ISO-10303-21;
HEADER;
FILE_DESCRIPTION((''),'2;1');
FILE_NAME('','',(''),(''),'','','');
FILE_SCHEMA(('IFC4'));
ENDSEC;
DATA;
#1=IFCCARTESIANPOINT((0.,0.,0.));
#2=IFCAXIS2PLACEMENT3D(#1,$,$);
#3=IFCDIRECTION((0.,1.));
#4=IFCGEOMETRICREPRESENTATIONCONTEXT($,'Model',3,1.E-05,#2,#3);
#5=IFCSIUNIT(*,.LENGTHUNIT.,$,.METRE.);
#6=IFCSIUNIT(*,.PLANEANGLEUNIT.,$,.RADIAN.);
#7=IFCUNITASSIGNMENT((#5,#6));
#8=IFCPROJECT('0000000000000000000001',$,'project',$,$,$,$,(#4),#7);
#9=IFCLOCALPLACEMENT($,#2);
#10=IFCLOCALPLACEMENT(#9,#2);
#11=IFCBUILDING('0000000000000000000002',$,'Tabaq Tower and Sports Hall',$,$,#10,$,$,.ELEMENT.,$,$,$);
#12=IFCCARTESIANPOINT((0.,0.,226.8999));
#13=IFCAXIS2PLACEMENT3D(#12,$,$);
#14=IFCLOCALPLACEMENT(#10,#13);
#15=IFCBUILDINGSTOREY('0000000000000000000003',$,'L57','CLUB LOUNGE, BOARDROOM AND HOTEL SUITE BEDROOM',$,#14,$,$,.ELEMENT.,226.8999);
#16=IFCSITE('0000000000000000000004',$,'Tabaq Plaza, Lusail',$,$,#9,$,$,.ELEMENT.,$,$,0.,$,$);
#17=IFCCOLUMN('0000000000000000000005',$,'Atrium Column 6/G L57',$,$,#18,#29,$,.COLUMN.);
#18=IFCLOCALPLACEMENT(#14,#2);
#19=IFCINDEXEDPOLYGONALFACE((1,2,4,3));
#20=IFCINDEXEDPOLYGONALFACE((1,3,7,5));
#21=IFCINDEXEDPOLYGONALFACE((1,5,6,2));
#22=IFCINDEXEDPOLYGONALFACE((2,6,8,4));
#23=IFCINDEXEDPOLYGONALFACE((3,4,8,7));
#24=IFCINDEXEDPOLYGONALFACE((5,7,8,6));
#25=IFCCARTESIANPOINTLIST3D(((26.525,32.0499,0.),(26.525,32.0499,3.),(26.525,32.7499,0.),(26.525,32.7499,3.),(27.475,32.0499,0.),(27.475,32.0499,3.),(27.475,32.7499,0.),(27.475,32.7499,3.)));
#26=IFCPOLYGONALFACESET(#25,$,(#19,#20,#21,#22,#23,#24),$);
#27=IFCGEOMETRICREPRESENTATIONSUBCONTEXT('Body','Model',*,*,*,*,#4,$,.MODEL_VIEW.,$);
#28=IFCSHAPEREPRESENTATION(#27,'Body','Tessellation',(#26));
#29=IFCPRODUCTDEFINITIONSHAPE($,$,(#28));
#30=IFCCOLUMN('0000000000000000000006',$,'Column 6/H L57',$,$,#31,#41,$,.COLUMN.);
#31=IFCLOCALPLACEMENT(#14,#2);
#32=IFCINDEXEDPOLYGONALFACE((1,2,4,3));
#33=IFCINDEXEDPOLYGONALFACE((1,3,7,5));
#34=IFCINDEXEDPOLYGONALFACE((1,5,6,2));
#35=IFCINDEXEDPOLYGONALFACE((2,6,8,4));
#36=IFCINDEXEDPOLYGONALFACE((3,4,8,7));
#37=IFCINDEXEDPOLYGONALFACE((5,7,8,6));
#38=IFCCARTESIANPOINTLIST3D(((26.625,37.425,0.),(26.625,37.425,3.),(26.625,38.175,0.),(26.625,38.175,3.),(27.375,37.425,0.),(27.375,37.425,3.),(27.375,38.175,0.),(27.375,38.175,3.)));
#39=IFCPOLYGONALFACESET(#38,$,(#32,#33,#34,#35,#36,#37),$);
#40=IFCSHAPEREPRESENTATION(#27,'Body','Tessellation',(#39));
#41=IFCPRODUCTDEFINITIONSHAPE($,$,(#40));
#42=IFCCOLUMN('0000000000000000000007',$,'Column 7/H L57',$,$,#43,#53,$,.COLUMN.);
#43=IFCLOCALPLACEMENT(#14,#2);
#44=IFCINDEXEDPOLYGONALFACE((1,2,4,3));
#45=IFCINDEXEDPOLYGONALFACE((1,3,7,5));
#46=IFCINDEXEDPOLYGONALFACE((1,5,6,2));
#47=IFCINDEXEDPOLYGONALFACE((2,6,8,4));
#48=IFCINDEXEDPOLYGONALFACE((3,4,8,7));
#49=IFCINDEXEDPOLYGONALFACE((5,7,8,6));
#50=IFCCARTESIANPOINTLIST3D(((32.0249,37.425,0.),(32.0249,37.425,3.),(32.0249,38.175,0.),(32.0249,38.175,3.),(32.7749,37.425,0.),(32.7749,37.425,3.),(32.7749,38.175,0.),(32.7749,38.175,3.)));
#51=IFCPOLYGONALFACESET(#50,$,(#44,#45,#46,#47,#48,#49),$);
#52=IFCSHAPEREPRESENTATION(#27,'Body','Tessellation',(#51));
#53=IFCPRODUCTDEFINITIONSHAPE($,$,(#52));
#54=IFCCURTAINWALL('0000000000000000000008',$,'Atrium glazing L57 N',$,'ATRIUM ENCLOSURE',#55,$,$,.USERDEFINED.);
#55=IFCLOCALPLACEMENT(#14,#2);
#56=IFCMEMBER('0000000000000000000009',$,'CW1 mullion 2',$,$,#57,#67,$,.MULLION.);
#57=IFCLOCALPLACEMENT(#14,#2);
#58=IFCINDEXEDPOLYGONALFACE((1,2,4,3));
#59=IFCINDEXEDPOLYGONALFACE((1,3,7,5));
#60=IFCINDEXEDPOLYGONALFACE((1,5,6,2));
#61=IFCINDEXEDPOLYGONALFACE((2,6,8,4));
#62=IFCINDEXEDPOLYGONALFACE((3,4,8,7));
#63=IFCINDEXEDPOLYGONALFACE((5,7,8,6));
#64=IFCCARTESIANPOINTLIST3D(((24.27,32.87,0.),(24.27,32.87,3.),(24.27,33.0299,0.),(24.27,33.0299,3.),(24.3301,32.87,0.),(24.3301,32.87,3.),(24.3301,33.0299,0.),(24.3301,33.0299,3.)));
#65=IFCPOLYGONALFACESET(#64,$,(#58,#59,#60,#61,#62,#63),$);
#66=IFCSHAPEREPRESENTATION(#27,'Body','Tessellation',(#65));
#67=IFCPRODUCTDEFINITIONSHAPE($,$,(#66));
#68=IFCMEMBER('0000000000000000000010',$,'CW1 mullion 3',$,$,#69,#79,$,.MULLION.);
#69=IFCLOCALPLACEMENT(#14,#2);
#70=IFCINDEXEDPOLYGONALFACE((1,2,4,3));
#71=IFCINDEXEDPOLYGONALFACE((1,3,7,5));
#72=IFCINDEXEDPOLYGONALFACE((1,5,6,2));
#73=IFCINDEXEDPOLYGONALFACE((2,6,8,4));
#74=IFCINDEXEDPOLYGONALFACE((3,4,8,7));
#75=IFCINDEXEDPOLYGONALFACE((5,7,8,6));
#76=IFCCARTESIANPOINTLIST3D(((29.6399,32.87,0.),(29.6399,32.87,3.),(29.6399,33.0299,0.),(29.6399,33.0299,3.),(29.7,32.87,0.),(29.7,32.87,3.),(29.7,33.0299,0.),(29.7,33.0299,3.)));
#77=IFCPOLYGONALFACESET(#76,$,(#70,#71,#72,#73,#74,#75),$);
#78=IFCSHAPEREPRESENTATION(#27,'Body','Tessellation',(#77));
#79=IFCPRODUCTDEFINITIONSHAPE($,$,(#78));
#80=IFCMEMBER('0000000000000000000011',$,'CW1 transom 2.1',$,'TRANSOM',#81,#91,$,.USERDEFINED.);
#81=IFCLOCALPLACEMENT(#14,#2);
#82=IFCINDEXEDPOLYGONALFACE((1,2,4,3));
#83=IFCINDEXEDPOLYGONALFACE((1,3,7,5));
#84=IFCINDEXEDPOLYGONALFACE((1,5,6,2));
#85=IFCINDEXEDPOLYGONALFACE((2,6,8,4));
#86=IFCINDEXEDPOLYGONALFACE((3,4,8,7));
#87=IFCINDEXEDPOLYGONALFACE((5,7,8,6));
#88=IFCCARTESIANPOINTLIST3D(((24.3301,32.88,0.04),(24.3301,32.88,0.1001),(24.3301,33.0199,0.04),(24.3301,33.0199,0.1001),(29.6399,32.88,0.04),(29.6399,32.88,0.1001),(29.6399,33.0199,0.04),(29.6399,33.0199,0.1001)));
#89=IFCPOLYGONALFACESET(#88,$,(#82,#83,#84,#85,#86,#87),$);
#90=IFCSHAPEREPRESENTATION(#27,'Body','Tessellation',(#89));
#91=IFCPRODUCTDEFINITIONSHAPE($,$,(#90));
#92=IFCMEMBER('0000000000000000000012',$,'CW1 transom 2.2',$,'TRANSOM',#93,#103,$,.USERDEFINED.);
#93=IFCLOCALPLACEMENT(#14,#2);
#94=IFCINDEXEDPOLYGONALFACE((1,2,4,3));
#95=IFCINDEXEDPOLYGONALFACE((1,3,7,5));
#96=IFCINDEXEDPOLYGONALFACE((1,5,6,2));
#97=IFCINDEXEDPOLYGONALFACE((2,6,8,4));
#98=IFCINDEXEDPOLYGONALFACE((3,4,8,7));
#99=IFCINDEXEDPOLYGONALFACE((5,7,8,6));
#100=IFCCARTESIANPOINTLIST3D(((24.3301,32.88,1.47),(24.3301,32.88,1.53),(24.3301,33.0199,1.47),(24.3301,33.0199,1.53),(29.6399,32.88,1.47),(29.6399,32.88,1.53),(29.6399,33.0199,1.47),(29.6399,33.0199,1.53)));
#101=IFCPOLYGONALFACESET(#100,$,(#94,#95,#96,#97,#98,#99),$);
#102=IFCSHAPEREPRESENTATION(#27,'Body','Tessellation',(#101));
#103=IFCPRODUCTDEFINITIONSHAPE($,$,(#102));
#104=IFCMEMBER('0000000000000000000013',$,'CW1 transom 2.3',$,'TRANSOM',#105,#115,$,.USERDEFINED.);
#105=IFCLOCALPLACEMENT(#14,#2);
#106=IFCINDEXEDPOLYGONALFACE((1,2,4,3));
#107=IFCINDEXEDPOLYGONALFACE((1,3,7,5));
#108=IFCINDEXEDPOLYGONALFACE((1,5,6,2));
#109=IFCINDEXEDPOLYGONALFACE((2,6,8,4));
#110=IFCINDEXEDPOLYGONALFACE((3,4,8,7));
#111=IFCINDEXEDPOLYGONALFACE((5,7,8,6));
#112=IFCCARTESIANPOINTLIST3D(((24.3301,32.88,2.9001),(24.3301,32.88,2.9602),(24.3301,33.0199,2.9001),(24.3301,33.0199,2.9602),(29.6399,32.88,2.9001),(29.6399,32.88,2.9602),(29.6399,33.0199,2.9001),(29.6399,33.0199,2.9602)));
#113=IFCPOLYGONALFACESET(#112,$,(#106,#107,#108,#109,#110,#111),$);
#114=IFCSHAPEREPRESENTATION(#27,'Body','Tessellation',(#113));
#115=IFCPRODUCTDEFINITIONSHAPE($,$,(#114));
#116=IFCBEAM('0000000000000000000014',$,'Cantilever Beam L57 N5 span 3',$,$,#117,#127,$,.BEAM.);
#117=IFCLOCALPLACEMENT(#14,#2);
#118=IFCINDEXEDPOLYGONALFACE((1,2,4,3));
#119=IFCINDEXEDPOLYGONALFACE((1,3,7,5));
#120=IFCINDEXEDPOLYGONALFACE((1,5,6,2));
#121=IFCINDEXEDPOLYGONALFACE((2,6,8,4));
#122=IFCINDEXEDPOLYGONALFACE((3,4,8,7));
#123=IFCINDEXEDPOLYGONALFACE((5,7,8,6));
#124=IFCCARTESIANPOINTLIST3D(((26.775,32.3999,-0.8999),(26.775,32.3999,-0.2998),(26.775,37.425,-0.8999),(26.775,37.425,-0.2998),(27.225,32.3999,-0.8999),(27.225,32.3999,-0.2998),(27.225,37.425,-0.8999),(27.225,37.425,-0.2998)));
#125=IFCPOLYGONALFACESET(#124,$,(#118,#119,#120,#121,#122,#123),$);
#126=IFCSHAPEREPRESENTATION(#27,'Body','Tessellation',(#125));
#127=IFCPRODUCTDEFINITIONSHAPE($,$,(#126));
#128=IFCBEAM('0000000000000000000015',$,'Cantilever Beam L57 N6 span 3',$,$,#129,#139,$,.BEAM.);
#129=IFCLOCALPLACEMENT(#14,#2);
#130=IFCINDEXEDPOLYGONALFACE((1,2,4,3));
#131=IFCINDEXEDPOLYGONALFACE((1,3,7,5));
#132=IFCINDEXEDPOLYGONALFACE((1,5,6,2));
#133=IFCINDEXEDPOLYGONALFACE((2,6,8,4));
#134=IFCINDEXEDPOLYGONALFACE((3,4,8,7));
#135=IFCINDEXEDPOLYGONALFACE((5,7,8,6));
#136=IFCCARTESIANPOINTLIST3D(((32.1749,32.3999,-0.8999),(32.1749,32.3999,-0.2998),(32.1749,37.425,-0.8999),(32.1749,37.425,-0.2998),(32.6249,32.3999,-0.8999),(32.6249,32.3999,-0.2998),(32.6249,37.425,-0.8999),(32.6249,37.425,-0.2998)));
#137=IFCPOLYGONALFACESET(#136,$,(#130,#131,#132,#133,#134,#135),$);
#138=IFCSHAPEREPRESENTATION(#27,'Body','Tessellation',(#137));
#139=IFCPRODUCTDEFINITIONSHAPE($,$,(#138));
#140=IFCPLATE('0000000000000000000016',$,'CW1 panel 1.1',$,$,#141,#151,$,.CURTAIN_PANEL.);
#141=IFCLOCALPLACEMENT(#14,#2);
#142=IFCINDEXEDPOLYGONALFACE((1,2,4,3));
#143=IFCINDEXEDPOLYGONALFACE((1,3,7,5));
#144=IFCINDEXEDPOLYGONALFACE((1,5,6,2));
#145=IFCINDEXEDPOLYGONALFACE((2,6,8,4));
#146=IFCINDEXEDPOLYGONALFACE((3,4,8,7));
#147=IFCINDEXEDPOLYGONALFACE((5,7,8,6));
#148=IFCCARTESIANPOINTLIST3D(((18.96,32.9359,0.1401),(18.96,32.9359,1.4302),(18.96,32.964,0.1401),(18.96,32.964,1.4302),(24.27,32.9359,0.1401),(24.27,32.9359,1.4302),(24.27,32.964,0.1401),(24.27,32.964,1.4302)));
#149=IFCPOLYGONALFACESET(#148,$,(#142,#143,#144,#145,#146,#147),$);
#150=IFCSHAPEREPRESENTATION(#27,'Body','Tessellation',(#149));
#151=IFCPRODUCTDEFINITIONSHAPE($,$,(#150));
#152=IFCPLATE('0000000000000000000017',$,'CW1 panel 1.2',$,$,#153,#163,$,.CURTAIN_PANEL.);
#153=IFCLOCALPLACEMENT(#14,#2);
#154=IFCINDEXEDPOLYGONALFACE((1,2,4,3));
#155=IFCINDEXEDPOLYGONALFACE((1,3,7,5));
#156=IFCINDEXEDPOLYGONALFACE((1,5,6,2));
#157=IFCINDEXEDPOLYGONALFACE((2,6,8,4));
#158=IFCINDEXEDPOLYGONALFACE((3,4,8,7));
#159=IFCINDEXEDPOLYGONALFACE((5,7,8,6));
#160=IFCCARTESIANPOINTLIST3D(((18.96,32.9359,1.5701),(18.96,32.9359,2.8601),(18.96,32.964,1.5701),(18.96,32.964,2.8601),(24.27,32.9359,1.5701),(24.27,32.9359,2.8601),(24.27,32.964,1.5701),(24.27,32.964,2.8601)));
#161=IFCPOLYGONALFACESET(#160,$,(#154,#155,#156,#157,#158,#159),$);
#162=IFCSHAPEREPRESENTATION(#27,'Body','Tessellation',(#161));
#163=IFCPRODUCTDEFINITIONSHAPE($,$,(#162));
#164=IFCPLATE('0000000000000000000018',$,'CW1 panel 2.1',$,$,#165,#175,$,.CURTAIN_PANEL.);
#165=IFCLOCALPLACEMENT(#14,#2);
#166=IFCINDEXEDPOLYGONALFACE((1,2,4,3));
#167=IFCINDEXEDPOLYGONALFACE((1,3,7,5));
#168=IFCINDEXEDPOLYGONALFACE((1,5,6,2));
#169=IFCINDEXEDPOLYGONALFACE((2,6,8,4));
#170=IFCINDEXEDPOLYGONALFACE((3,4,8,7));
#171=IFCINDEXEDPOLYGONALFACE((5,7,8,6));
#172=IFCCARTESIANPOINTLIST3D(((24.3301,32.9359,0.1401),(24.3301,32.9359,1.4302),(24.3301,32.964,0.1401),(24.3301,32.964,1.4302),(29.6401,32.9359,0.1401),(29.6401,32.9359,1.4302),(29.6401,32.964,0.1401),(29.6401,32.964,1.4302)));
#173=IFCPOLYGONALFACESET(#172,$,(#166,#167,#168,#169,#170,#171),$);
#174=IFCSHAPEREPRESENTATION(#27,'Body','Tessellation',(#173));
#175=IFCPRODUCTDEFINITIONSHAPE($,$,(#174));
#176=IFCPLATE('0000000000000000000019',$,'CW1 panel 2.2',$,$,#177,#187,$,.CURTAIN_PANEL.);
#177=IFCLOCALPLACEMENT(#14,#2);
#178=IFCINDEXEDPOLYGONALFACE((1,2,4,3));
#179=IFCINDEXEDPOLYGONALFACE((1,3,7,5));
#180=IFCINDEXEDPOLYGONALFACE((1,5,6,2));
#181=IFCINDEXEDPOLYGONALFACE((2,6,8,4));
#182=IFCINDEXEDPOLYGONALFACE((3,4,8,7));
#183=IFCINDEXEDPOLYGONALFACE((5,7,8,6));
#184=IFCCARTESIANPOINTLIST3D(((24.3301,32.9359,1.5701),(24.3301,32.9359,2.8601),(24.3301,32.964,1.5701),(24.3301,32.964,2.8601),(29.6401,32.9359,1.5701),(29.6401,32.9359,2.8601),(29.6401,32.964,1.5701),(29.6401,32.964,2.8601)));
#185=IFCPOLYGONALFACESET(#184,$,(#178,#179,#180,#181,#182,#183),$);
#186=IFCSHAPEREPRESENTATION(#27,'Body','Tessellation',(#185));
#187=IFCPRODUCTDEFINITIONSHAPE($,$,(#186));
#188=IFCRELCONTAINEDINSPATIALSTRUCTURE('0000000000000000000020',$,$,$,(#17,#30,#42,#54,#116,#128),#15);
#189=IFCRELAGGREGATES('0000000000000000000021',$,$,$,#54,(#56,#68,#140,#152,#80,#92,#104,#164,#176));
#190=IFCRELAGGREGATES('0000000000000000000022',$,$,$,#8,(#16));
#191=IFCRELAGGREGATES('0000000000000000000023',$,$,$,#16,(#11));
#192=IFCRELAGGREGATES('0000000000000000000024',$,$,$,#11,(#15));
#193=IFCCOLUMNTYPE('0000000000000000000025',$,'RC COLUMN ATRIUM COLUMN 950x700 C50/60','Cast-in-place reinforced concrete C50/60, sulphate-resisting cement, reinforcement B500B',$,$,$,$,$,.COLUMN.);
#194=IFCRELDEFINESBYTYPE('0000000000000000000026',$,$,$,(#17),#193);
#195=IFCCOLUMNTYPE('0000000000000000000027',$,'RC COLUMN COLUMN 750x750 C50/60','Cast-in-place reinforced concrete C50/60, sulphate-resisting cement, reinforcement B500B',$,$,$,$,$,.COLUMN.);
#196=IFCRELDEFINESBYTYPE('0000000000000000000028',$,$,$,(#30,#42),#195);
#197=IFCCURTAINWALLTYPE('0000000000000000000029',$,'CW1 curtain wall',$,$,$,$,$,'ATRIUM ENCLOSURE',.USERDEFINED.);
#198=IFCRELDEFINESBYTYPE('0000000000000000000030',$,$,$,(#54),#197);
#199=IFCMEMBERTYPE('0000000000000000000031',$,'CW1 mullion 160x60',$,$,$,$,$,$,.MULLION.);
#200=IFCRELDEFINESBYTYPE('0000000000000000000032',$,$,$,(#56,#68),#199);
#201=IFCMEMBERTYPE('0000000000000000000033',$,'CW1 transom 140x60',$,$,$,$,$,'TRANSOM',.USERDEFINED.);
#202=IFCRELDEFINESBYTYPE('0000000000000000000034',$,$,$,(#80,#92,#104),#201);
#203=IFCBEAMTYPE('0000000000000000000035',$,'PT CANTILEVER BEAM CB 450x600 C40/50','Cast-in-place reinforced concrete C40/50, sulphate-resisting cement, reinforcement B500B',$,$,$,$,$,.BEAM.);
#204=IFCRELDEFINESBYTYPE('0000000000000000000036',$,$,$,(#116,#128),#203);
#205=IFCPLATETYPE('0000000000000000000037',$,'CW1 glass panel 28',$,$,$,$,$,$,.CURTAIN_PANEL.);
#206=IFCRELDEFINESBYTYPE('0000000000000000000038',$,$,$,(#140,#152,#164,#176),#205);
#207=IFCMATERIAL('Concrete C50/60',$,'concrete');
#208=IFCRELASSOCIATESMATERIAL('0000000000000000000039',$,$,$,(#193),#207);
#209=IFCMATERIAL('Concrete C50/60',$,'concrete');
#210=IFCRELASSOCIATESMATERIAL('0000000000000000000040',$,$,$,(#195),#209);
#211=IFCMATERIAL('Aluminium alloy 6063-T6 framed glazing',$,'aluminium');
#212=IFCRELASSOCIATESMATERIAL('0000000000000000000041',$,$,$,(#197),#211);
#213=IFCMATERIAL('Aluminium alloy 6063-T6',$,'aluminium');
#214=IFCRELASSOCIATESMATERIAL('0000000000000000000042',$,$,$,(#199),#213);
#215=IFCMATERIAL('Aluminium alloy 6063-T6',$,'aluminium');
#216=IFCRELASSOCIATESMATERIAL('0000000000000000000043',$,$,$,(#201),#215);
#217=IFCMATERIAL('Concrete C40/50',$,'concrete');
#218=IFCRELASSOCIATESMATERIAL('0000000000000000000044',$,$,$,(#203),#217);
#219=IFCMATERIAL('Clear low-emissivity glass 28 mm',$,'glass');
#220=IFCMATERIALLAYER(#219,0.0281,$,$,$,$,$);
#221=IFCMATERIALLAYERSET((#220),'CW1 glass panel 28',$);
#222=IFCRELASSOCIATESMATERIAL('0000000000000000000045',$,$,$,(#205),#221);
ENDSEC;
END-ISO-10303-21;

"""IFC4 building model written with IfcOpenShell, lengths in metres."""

from ifc_helpers import new_model, si_unit, direction, frame, origin, origin_2d, place, context, subcontext, project, spatial, rectangle, extrude, material, layer, layer_set, material_profile, profile_set, type_object, element, aggregate, save


model = new_model("IFC4")

# Units and contexts
model_context = context("Model", 3, precision=1e-05, world=origin(), true_north=direction((0.0, 1.0)))
body_context = subcontext(model_context, "Body", "Model", "MODEL_VIEW")
ifc_project = project(units=[si_unit("LENGTHUNIT", "METRE"), si_unit("PLANEANGLEUNIT", "RADIAN")], contexts=[model_context])

# Site, building, storey
site_placement = place(None, origin())
site = spatial("IfcSite", under=ifc_project, at=site_placement, Name="Tabaq Plaza, Lusail", CompositionType="ELEMENT", RefElevation=0.0)
building_placement = place(site_placement, origin())
building = spatial("IfcBuilding", under=site, at=building_placement, Name="Tabaq Tower and Sports Hall", CompositionType="ELEMENT")
storey_placement = place(building_placement, frame((0.0, 0.0, 226.8999)))
storey = spatial("IfcBuildingStorey", under=building, at=storey_placement, Name="L57", Description="CLUB LOUNGE, BOARDROOM AND HOTEL SUITE BEDROOM", CompositionType="ELEMENT", Elevation=226.8999)

# Columns
ifc_material_1 = material(Name="Concrete C50/60", Category="concrete")
ifc_material_profile_1 = material_profile(ifc_material_1, rectangle(XDim=0.95, YDim=0.7, at=origin_2d()), Name="ATRIUM COLUMN 950x700")
ifc_profile_set_1 = profile_set([ifc_material_profile_1], Name="Concrete C50/60")
column_type_1 = type_object("IfcColumnType", Name="RC COLUMN ATRIUM COLUMN 950x700 C50/60", Description="Cast-in-place reinforced concrete C50/60, sulphate-resisting cement, reinforcement B500B", PredefinedType="COLUMN", material=ifc_profile_set_1)
column_placement = place(storey_placement, frame((27.0, 32.3999, 0.0), z_axis=(0.0, 0.0, 1.0), x_axis=(1.0, 0.0, 0.0)))
element("IfcColumn", 1, at=column_placement, inside=storey, type_object=column_type_1, Name="Atrium Column 6/G L57", PredefinedType="COLUMN", context=body_context, shape_type="SweptSolid", body=[
    extrude(rectangle(XDim=0.95, YDim=0.7, at=origin_2d()), origin(), (0.0, 0.0, 1.0), 3.0),
])
ifc_material_2 = material(Name="Concrete C50/60", Category="concrete")
ifc_material_profile_2 = material_profile(ifc_material_2, rectangle(XDim=0.75, YDim=0.75, at=origin_2d()), Name="COLUMN 750x750")
ifc_profile_set_2 = profile_set([ifc_material_profile_2], Name="Concrete C50/60")
column_type_2 = type_object("IfcColumnType", Name="RC COLUMN COLUMN 750x750 C50/60", Description="Cast-in-place reinforced concrete C50/60, sulphate-resisting cement, reinforcement B500B", PredefinedType="COLUMN", material=ifc_profile_set_2)
for number, where, z_axis, x_axis, name in (
    (2, (27.0, 37.8, 0.0), (0.0, 0.0, 1.0), (1.0, 0.0, 0.0), "Column 6/H L57"),
    (3, (32.3999, 37.8, 0.0), (0.0, 0.0, 1.0), (1.0, 0.0, 0.0), "Column 7/H L57"),
):
    element("IfcColumn", number, at=place(storey_placement, frame(where, z_axis=z_axis, x_axis=x_axis)), inside=storey, type_object=column_type_2, Name=name, PredefinedType="COLUMN", context=body_context, shape_type="SweptSolid", body=[
        extrude(rectangle(XDim=0.75, YDim=0.75, at=origin_2d()), origin(), (0.0, 0.0, 1.0), 3.0),
    ])

# Curtain wall, members
ifc_material_3 = material(Name="Aluminium alloy 6063-T6 framed glazing", Category="aluminium")
curtain_wall_type = type_object("IfcCurtainWallType", Name="CW1 curtain wall", ElementType="ATRIUM ENCLOSURE", PredefinedType="USERDEFINED", material=ifc_material_3)
curtain_wall_placement = place(storey_placement, origin())
curtain_wall = element("IfcCurtainWall", 4, at=curtain_wall_placement, inside=storey, type_object=curtain_wall_type, Name="Atrium glazing L57 N", ObjectType="ATRIUM ENCLOSURE", PredefinedType="USERDEFINED")
ifc_material_4 = material(Name="Aluminium alloy 6063-T6", Category="aluminium")
ifc_material_profile_3 = material_profile(ifc_material_4, rectangle(XDim=0.1599, YDim=0.0601, at=origin_2d()), Name="MULLION 160x60")
ifc_profile_set_3 = profile_set([ifc_material_profile_3], Name="Aluminium alloy 6063-T6")
member_type_1 = type_object("IfcMemberType", Name="CW1 mullion 160x60", PredefinedType="MULLION", material=ifc_profile_set_3)
member_1_placement = place(storey_placement, frame((24.3, 32.95, 0.0), z_axis=(0.0, 0.0, 1.0), x_axis=(0.0, 1.0, 0.0)))
member_1 = element("IfcMember", 5, at=member_1_placement, type_object=member_type_1, Name="CW1 mullion 2", PredefinedType="MULLION", context=body_context, shape_type="SweptSolid", body=[
    extrude(rectangle(XDim=0.1599, YDim=0.0601, at=origin_2d()), origin(), (0.0, 0.0, 1.0), 3.0),
])
member_2_placement = place(storey_placement, frame((29.6699, 32.95, 0.0), z_axis=(0.0, 0.0, 1.0), x_axis=(0.0, 1.0, 0.0)))
member_2 = element("IfcMember", 6, at=member_2_placement, type_object=member_type_1, Name="CW1 mullion 3", PredefinedType="MULLION", context=body_context, shape_type="SweptSolid", body=[
    extrude(rectangle(XDim=0.1599, YDim=0.0601, at=origin_2d()), origin(), (0.0, 0.0, 1.0), 3.0),
])
ifc_material_5 = material(Name="Aluminium alloy 6063-T6", Category="aluminium")
ifc_material_profile_4 = material_profile(ifc_material_5, rectangle(XDim=0.1399, YDim=0.0601, at=origin_2d()), Name="TRANSOM 140x60")
ifc_profile_set_4 = profile_set([ifc_material_profile_4], Name="Aluminium alloy 6063-T6")
member_type_2 = type_object("IfcMemberType", Name="CW1 transom 140x60", ElementType="TRANSOM", PredefinedType="USERDEFINED", material=ifc_profile_set_4)
member_3_placement = place(storey_placement, frame((24.3301, 32.95, 0.0701), z_axis=(1.0, 0.0, 0.0), x_axis=(0.0, 1.0, 0.0)))
member_3 = element("IfcMember", 7, at=member_3_placement, type_object=member_type_2, Name="CW1 transom 2.1", ObjectType="TRANSOM", PredefinedType="USERDEFINED", context=body_context, shape_type="SweptSolid", body=[
    extrude(rectangle(XDim=0.1399, YDim=0.0601, at=origin_2d()), origin(), (0.0, 0.0, 1.0), 5.3098),
])
member_4_placement = place(storey_placement, frame((24.3301, 32.95, 1.5), z_axis=(1.0, 0.0, 0.0), x_axis=(0.0, 1.0, 0.0)))
member_4 = element("IfcMember", 8, at=member_4_placement, type_object=member_type_2, Name="CW1 transom 2.2", ObjectType="TRANSOM", PredefinedType="USERDEFINED", context=body_context, shape_type="SweptSolid", body=[
    extrude(rectangle(XDim=0.1399, YDim=0.0601, at=origin_2d()), origin(), (0.0, 0.0, 1.0), 5.3098),
])
member_5_placement = place(storey_placement, frame((24.3301, 32.95, 2.9302), z_axis=(1.0, 0.0, 0.0), x_axis=(0.0, 1.0, 0.0)))
member_5 = element("IfcMember", 9, at=member_5_placement, type_object=member_type_2, Name="CW1 transom 2.3", ObjectType="TRANSOM", PredefinedType="USERDEFINED", context=body_context, shape_type="SweptSolid", body=[
    extrude(rectangle(XDim=0.1399, YDim=0.0601, at=origin_2d()), origin(), (0.0, 0.0, 1.0), 5.3098),
])

# Beams
ifc_material_6 = material(Name="Concrete C40/50", Category="concrete")
ifc_material_profile_5 = material_profile(ifc_material_6, rectangle(XDim=0.45, YDim=0.6001, at=origin_2d()), Name="CB 450x600")
ifc_profile_set_5 = profile_set([ifc_material_profile_5], Name="Concrete C40/50")
beam_type = type_object("IfcBeamType", Name="PT CANTILEVER BEAM CB 450x600 C40/50", Description="Cast-in-place reinforced concrete C40/50, sulphate-resisting cement, reinforcement B500B", PredefinedType="BEAM", material=ifc_profile_set_5)
for number, where, z_axis, x_axis, name in (
    (10, (27.0, 37.425, -0.5999), (0.0, -1.0, 0.0), (1.0, 0.0, 0.0), "Cantilever Beam L57 N5 span 3"),
    (11, (32.3999, 37.425, -0.5999), (0.0, -1.0, 0.0), (1.0, 0.0, 0.0), "Cantilever Beam L57 N6 span 3"),
):
    element("IfcBeam", number, at=place(storey_placement, frame(where, z_axis=z_axis, x_axis=x_axis)), inside=storey, type_object=beam_type, Name=name, PredefinedType="BEAM", context=body_context, shape_type="SweptSolid", body=[
        extrude(rectangle(XDim=0.45, YDim=0.6001, at=origin_2d()), origin(), (0.0, 0.0, 1.0), 5.0251),
    ])

# Plates
ifc_material_7 = material(Name="Clear low-emissivity glass 28 mm", Category="glass")
ifc_layer_1 = layer(ifc_material_7, 0.0281)
ifc_layer_set_1 = layer_set([ifc_layer_1], Name="CW1 glass panel 28")
plate_type = type_object("IfcPlateType", Name="CW1 glass panel 28", PredefinedType="CURTAIN_PANEL", material=ifc_layer_set_1)
plate_1_placement = place(storey_placement, frame((21.615, 32.95, 0.1401), z_axis=(0.0, 0.0, 1.0), x_axis=(1.0, 0.0, 0.0)))
plate_1 = element("IfcPlate", 12, at=plate_1_placement, type_object=plate_type, Name="CW1 panel 1.1", PredefinedType="CURTAIN_PANEL", context=body_context, shape_type="SweptSolid", body=[
    extrude(rectangle(XDim=5.3101, YDim=0.0281, at=origin_2d()), origin(), (0.0, 0.0, 1.0), 1.29),
])
plate_2_placement = place(storey_placement, frame((21.615, 32.95, 1.5701), z_axis=(0.0, 0.0, 1.0), x_axis=(1.0, 0.0, 0.0)))
plate_2 = element("IfcPlate", 13, at=plate_2_placement, type_object=plate_type, Name="CW1 panel 1.2", PredefinedType="CURTAIN_PANEL", context=body_context, shape_type="SweptSolid", body=[
    extrude(rectangle(XDim=5.3101, YDim=0.0281, at=origin_2d()), origin(), (0.0, 0.0, 1.0), 1.29),
])
plate_3_placement = place(storey_placement, frame((26.9851, 32.95, 0.1401), z_axis=(0.0, 0.0, 1.0), x_axis=(1.0, 0.0, 0.0)))
plate_3 = element("IfcPlate", 14, at=plate_3_placement, type_object=plate_type, Name="CW1 panel 2.1", PredefinedType="CURTAIN_PANEL", context=body_context, shape_type="SweptSolid", body=[
    extrude(rectangle(XDim=5.3101, YDim=0.0281, at=origin_2d()), origin(), (0.0, 0.0, 1.0), 1.29),
])
plate_4_placement = place(storey_placement, frame((26.9851, 32.95, 1.5701), z_axis=(0.0, 0.0, 1.0), x_axis=(1.0, 0.0, 0.0)))
plate_4 = element("IfcPlate", 15, at=plate_4_placement, type_object=plate_type, Name="CW1 panel 2.2", PredefinedType="CURTAIN_PANEL", context=body_context, shape_type="SweptSolid", body=[
    extrude(rectangle(XDim=5.3101, YDim=0.0281, at=origin_2d()), origin(), (0.0, 0.0, 1.0), 1.29),
])
aggregate(curtain_wall, [member_1, member_2, plate_1, plate_2, member_3, member_4, member_5, plate_3, plate_4])

save(model, "model.ifc")
